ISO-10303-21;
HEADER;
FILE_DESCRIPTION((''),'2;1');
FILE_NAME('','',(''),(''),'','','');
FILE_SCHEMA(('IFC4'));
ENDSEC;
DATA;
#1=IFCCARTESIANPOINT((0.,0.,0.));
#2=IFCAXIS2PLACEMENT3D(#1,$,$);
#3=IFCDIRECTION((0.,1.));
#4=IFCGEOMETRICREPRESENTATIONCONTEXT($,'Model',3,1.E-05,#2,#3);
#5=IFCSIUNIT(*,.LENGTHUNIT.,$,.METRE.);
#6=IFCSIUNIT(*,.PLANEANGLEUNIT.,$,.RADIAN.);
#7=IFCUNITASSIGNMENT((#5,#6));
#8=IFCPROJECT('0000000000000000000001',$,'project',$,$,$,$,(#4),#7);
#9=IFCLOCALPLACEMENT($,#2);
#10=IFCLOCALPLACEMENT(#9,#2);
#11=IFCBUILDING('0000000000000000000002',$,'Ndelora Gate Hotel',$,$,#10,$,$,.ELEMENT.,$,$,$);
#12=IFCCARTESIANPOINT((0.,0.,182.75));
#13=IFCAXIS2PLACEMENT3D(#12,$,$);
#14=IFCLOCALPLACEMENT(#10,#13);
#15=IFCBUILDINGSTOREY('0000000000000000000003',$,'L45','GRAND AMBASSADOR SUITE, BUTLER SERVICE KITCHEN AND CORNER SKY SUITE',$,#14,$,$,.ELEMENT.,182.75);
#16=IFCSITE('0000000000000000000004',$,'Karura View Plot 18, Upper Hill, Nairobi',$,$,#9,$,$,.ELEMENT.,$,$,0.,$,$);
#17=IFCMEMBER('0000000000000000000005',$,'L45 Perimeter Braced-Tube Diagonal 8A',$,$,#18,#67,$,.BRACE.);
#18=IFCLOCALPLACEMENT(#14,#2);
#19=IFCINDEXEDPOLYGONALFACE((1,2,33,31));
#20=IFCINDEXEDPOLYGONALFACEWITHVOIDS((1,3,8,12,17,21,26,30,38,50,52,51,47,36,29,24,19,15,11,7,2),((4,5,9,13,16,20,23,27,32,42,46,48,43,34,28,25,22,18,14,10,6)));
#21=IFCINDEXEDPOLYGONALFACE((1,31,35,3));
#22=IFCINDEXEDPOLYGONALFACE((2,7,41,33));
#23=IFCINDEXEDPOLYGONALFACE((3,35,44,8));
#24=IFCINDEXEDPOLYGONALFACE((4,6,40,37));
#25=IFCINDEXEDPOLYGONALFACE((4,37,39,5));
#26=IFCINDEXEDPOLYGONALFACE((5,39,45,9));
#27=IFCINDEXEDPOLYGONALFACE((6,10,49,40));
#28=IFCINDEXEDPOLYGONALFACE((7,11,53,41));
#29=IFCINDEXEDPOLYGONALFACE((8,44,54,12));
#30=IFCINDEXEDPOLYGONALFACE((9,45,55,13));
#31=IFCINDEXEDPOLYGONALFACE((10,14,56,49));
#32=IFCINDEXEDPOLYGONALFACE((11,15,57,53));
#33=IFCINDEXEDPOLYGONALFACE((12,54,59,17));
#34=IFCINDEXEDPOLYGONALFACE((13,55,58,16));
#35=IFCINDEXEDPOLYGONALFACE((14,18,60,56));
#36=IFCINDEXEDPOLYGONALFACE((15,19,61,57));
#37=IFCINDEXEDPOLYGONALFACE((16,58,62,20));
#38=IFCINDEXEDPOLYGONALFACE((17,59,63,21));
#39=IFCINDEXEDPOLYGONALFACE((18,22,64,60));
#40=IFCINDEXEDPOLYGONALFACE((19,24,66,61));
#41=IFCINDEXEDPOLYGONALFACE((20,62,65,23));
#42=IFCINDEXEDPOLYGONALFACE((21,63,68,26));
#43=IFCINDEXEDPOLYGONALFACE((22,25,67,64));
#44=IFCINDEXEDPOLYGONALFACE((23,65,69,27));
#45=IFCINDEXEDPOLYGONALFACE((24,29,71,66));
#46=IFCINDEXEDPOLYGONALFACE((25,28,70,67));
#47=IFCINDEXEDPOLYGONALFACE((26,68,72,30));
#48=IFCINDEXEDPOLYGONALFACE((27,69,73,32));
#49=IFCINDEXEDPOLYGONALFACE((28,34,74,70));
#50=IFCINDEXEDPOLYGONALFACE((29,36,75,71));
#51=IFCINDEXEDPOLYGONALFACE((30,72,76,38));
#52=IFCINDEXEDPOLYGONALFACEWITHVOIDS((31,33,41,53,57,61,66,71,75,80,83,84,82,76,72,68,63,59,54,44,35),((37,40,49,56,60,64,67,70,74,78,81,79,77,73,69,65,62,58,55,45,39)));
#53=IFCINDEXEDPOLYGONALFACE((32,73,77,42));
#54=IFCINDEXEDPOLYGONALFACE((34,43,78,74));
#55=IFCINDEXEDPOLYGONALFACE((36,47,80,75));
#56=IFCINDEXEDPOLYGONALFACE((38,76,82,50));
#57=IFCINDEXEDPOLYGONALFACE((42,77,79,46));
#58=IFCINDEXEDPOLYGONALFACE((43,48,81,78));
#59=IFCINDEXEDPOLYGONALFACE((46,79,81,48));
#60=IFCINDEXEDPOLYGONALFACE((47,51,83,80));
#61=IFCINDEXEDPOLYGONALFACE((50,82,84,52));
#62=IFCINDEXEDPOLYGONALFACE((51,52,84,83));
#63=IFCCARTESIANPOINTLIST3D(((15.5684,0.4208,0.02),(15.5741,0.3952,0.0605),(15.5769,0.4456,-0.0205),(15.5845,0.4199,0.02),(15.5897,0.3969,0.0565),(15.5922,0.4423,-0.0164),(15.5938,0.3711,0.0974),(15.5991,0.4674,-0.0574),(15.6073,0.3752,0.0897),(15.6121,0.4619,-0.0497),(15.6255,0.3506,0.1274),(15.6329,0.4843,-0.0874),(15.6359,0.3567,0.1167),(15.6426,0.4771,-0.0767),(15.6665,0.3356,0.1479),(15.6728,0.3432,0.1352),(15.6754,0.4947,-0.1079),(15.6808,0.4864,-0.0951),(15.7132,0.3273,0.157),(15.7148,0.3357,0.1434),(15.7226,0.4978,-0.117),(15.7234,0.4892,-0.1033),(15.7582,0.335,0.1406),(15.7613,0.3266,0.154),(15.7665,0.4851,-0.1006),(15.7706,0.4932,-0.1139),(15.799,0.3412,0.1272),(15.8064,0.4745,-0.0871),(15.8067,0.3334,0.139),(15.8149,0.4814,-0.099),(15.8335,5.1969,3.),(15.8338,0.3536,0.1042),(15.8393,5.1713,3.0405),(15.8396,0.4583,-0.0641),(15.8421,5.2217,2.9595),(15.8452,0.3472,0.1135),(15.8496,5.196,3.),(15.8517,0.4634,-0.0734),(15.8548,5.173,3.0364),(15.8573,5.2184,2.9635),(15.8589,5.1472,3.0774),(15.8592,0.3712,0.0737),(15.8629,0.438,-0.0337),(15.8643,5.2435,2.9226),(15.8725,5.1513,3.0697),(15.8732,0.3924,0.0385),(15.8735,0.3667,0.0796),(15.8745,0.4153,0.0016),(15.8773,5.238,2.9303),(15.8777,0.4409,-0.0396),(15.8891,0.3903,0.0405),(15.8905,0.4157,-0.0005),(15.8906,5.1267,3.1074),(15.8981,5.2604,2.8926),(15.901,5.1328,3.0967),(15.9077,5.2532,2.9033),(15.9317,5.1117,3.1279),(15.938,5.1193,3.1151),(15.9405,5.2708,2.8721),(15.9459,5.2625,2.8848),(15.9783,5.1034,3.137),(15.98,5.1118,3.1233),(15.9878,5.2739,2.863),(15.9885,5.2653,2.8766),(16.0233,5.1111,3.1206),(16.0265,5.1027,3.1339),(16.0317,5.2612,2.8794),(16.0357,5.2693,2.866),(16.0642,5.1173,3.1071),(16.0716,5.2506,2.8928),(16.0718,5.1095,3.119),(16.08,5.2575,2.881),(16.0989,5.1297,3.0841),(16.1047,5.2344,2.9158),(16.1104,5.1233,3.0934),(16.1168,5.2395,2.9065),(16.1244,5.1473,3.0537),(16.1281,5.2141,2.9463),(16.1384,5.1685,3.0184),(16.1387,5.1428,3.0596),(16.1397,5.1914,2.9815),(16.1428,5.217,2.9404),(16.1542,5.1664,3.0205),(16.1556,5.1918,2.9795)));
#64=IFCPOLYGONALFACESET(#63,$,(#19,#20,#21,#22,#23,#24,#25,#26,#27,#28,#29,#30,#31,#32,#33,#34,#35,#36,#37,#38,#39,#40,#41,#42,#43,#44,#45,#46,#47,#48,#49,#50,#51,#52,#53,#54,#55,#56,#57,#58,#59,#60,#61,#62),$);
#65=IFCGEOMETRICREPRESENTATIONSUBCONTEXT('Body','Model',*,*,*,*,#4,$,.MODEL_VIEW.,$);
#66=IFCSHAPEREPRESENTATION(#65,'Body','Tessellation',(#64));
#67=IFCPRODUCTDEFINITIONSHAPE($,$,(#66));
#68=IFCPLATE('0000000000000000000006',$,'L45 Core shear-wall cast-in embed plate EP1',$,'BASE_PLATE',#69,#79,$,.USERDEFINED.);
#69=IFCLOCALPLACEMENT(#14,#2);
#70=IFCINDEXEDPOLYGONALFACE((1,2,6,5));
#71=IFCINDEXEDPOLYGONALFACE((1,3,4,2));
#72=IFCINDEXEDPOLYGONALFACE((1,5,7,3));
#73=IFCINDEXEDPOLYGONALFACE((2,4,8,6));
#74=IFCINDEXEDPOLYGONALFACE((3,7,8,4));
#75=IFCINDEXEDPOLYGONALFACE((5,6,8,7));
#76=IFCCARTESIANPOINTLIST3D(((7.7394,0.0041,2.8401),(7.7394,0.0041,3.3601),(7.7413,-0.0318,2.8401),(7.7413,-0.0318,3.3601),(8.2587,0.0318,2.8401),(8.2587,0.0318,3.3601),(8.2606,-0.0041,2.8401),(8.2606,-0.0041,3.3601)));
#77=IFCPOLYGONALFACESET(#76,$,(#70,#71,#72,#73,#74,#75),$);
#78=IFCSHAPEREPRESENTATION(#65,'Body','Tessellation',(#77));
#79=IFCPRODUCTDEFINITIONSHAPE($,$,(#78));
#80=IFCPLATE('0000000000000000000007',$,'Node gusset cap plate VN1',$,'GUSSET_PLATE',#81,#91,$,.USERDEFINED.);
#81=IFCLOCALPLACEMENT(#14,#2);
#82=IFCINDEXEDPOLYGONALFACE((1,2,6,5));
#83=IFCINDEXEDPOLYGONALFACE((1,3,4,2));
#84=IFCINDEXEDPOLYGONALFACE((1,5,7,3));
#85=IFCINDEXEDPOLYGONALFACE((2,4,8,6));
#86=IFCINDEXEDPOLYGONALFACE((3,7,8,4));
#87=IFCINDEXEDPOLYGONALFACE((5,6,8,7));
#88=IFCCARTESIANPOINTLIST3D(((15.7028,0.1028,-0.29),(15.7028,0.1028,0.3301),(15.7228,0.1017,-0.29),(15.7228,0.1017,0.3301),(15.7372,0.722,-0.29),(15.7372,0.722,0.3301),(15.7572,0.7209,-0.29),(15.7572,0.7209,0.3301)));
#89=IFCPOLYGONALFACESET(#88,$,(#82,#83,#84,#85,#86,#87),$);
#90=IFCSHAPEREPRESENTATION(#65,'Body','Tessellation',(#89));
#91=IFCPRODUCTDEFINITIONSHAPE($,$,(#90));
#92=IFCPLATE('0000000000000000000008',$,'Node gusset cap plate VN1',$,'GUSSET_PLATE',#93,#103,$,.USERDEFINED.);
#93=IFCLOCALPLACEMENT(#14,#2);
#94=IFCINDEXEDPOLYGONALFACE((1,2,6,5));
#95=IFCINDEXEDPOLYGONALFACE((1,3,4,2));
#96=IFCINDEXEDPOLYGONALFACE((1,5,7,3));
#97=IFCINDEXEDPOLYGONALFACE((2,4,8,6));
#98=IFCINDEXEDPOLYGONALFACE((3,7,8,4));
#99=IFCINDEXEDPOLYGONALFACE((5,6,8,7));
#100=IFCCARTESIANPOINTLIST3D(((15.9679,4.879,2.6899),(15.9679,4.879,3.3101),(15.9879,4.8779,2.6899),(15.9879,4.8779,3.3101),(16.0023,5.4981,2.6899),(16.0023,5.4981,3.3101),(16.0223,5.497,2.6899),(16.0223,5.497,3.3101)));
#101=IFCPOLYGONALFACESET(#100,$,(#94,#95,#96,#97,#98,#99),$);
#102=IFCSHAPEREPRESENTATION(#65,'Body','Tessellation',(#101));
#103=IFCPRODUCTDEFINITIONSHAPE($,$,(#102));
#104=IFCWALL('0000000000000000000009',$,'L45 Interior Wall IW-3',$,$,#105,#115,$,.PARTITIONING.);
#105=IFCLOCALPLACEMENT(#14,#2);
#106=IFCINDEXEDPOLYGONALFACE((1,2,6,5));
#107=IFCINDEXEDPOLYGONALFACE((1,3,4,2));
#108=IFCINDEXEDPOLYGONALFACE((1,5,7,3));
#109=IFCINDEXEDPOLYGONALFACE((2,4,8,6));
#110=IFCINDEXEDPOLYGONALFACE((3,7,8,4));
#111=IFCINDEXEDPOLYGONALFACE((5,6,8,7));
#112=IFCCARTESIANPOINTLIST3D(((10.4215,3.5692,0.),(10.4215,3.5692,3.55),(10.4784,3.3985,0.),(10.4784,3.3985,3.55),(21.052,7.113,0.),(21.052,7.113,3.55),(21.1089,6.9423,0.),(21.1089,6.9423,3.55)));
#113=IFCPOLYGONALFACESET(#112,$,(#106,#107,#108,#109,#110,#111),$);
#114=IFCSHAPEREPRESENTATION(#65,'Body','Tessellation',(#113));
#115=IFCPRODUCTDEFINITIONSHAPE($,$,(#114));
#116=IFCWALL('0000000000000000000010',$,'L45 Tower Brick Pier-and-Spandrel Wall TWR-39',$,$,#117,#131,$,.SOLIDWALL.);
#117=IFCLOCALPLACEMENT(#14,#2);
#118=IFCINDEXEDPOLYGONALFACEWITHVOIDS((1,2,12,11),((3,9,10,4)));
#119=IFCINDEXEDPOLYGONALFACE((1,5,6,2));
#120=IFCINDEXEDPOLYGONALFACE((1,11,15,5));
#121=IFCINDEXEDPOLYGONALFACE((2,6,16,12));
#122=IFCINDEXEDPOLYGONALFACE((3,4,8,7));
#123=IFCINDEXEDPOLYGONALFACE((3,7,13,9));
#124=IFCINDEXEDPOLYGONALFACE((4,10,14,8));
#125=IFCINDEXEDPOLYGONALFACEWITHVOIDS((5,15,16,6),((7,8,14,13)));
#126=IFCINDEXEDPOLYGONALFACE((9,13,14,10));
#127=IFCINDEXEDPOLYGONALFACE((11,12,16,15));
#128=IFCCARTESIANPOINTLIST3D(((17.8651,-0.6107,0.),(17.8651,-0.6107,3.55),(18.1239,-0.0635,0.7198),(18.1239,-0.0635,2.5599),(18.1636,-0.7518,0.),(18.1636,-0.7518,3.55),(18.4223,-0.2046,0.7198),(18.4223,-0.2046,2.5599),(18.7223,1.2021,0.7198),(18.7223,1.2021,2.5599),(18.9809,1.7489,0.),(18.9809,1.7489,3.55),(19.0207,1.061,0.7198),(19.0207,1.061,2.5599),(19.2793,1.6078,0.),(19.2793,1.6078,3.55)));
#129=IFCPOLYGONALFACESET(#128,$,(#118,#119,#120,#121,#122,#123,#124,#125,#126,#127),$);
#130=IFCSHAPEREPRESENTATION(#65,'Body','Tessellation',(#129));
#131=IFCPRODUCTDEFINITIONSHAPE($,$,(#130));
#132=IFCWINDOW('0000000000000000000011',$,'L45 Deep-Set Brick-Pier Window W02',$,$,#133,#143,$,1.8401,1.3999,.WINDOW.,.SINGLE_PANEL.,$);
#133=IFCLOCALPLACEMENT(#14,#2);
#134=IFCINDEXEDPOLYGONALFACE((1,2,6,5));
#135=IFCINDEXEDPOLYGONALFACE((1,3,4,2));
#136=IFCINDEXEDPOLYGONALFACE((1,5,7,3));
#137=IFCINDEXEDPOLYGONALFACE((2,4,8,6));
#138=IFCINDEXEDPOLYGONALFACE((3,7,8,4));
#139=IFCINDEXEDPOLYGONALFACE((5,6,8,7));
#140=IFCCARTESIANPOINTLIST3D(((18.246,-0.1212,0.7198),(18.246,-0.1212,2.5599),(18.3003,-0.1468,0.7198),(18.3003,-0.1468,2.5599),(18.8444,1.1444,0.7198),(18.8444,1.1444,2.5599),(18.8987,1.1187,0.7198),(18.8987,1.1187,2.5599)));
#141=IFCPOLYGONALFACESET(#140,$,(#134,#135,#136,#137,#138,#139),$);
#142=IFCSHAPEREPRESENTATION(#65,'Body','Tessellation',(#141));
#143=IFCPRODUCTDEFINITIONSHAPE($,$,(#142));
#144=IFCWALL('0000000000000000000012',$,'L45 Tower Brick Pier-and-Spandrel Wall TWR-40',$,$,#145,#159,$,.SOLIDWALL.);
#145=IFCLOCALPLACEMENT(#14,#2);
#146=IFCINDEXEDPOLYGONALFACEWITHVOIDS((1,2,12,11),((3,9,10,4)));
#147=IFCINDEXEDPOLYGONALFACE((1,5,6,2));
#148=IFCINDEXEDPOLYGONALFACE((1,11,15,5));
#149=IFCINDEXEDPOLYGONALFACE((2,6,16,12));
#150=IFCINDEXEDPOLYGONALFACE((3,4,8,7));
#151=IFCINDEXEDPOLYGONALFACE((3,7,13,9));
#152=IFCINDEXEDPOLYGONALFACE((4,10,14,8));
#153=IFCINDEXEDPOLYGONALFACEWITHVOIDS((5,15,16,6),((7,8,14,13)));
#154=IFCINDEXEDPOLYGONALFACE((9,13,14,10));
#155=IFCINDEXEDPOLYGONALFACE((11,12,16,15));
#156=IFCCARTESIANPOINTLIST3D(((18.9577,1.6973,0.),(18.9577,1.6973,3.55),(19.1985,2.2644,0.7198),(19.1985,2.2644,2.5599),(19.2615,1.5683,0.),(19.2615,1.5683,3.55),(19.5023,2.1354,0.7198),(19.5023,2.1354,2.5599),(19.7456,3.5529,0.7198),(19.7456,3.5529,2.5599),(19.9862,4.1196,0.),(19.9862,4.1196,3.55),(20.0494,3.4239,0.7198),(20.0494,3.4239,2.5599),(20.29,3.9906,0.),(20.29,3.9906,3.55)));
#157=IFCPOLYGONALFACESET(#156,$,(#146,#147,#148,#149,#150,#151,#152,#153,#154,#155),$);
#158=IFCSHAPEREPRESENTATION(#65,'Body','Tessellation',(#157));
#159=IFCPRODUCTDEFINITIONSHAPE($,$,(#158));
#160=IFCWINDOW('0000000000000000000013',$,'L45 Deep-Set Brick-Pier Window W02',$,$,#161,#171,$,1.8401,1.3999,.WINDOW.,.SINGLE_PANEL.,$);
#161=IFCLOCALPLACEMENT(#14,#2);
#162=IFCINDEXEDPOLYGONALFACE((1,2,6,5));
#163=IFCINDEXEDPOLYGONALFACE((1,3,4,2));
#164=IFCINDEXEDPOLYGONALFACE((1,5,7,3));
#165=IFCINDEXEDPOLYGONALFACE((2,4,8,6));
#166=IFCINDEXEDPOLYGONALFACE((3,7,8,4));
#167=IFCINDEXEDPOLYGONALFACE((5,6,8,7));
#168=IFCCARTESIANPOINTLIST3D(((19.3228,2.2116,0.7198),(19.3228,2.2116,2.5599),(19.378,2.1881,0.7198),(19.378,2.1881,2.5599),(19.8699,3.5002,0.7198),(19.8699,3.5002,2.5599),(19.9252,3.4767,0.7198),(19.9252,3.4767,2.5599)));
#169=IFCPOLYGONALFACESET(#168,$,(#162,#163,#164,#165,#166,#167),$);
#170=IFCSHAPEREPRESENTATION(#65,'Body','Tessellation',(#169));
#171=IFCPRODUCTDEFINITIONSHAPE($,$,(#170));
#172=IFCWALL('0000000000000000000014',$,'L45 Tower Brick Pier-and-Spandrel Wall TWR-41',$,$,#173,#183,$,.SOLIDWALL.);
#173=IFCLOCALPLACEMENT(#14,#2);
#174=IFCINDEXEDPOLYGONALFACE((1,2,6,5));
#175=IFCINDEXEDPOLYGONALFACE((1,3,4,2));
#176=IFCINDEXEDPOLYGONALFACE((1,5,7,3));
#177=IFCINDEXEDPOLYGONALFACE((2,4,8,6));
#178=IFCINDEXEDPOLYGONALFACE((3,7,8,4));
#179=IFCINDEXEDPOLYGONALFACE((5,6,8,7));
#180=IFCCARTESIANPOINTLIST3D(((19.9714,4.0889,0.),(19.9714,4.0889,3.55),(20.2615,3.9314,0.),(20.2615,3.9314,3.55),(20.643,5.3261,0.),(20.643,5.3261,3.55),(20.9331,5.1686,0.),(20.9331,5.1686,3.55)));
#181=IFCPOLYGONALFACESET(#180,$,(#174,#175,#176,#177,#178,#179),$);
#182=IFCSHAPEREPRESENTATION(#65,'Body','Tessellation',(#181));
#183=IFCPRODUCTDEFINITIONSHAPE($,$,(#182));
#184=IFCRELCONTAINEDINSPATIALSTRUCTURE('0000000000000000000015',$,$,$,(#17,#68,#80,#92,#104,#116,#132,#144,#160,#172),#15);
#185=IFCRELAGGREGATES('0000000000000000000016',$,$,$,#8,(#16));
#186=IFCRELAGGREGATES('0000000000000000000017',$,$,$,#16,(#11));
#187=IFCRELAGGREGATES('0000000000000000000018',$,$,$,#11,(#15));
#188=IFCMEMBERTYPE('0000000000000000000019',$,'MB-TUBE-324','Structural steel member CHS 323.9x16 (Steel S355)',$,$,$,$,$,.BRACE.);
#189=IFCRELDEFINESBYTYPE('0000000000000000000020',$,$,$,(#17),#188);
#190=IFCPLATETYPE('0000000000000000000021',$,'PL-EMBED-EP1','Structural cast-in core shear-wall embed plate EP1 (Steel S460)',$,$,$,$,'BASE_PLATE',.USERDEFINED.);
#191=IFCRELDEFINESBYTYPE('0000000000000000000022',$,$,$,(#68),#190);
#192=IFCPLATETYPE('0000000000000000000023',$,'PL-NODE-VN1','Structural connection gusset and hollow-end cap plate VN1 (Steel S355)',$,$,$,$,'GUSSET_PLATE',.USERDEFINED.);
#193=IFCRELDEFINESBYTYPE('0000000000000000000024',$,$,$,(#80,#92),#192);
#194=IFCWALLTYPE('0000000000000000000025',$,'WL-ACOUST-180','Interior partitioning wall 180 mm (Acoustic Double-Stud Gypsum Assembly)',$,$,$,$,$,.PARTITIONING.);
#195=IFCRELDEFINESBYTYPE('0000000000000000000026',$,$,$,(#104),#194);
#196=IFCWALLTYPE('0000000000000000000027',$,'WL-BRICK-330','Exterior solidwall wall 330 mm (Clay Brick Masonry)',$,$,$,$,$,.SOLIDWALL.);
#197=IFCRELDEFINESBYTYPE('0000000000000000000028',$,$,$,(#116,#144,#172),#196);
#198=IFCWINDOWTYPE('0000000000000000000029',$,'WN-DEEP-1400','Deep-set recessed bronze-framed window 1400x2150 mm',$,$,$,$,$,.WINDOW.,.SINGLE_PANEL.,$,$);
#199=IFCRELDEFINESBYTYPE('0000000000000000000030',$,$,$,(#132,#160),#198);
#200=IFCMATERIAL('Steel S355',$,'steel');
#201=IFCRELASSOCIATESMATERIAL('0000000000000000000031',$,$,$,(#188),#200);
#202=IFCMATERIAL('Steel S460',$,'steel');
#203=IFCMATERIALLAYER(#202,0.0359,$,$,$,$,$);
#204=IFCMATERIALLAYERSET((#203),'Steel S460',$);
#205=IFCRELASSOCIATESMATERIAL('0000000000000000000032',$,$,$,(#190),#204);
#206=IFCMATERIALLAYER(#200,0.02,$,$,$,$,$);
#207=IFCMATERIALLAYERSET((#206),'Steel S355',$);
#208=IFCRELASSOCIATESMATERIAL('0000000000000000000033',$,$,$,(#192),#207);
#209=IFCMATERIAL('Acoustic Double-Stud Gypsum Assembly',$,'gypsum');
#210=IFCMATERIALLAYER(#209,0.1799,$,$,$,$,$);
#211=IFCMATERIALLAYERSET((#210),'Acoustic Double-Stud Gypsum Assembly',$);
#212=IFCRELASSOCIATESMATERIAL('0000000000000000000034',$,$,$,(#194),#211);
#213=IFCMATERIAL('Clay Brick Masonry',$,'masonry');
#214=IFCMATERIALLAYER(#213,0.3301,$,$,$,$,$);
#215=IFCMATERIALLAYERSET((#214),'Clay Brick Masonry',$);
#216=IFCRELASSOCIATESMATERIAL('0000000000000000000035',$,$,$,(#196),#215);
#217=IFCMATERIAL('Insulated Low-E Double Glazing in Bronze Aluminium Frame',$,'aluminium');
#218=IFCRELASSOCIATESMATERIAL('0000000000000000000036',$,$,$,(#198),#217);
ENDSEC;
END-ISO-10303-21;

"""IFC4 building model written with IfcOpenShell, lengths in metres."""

from ifc_helpers import new_model, si_unit, direction, frame, frame_2d, origin, origin_2d, place, context, subcontext, project, spatial, rectangle, hollow_circle, extrude, material, layer, layer_set, material_profile, profile_set, type_object, element, fill, save


model = new_model("IFC4")

# Units and contexts
model_context = context("Model", 3, precision=1e-05, world=origin(), true_north=direction((0.0, 1.0)))
body_context = subcontext(model_context, "Body", "Model", "MODEL_VIEW")
ifc_project = project(units=[si_unit("LENGTHUNIT", "METRE"), si_unit("PLANEANGLEUNIT", "RADIAN")], contexts=[model_context])

# Site, building, storey
site_placement = place(None, origin())
site = spatial("IfcSite", under=ifc_project, at=site_placement, Name="Karura View Plot 18, Upper Hill, Nairobi", CompositionType="ELEMENT", RefElevation=0.0)
building_placement = place(site_placement, origin())
building = spatial("IfcBuilding", under=site, at=building_placement, Name="Ndelora Gate Hotel", CompositionType="ELEMENT")
storey_placement = place(building_placement, frame((0.0, 0.0, 182.75)))
storey = spatial("IfcBuildingStorey", under=building, at=storey_placement, Name="L45", Description="GRAND AMBASSADOR SUITE, BUTLER SERVICE KITCHEN AND CORNER SKY SUITE", CompositionType="ELEMENT", Elevation=182.75)

# Shared definitions
ifc_material_1 = material(Name="Steel S460", Category="steel")
ifc_material_2 = material(Name="Steel S355", Category="steel")

# Member
ifc_material_profile_1 = material_profile(ifc_material_2, hollow_circle(Radius=0.1619, WallThickness=0.0161, at=origin_2d()), Name="CHS 323.9x16")
ifc_profile_set_1 = profile_set([ifc_material_profile_1], Name="Steel S355")
member_type = type_object("IfcMemberType", Name="MB-TUBE-324", Description="Structural steel member CHS 323.9x16 (Steel S355)", PredefinedType="BRACE", material=ifc_profile_set_1)
member_placement = place(storey_placement, frame((15.73, 0.4119, 0.02), z_axis=(0.047045, 0.847466, 0.528762), x_axis=(-0.998463, 0.055428, 0.0)))
element("IfcMember", 1, at=member_placement, inside=storey, type_object=member_type, Name="L45 Perimeter Braced-Tube Diagonal 8A", PredefinedType="BRACE", context=body_context, shape_type="SweptSolid", body=[
    extrude(hollow_circle(Radius=0.1619, WallThickness=0.0161, at=origin_2d()), origin(), (0.0, 0.0, 1.0), 5.6357),
])

# Plates
ifc_layer_1 = layer(ifc_material_1, 0.0359)
ifc_layer_set_1 = layer_set([ifc_layer_1], Name="Steel S460")
plate_type_1 = type_object("IfcPlateType", Name="PL-EMBED-EP1", Description="Structural cast-in core shear-wall embed plate EP1 (Steel S460)", ElementType="BASE_PLATE", PredefinedType="USERDEFINED", material=ifc_layer_set_1)
plate_placement = place(storey_placement, frame((8.0, 0.0, 2.8401), z_axis=(0.0, 0.0, 1.0), x_axis=(0.998583, 0.053207, 0.0)))
element("IfcPlate", 2, at=plate_placement, inside=storey, type_object=plate_type_1, Name="L45 Core shear-wall cast-in embed plate EP1", ObjectType="BASE_PLATE", PredefinedType="USERDEFINED", context=body_context, shape_type="SweptSolid", body=[
    extrude(rectangle(XDim=0.52, YDim=0.0359, at=origin_2d()), origin(), (0.0, 0.0, 1.0), 0.52),
])
ifc_layer_2 = layer(ifc_material_2, 0.02)
ifc_layer_set_2 = layer_set([ifc_layer_2], Name="Steel S355")
plate_type_2 = type_object("IfcPlateType", Name="PL-NODE-VN1", Description="Structural connection gusset and hollow-end cap plate VN1 (Steel S355)", ElementType="GUSSET_PLATE", PredefinedType="USERDEFINED", material=ifc_layer_set_2)
for number, where, z_axis, x_axis, name in (
    (3, (15.73, 0.4119, -0.29), (0.0, 0.0, 1.0), (0.055473, 0.99846, 0.0), "Node gusset cap plate VN1"),
    (4, (15.9951, 5.188, 2.6899), (0.0, 0.0, 1.0), (0.055473, 0.99846, 0.0), "Node gusset cap plate VN1"),
):
    element("IfcPlate", number, at=place(storey_placement, frame(where, z_axis=z_axis, x_axis=x_axis)), inside=storey, type_object=plate_type_2, Name=name, ObjectType="GUSSET_PLATE", PredefinedType="USERDEFINED", context=body_context, shape_type="SweptSolid", body=[
        extrude(rectangle(XDim=0.6201, YDim=0.02, at=origin_2d()), origin(), (0.0, 0.0, 1.0), 0.6201),
    ])

# Wall
ifc_material_3 = material(Name="Acoustic Double-Stud Gypsum Assembly", Category="gypsum")
ifc_layer_3 = layer(ifc_material_3, 0.1799)
ifc_layer_set_3 = layer_set([ifc_layer_3], Name="Acoustic Double-Stud Gypsum Assembly")
wall_type_1 = type_object("IfcWallType", Name="WL-ACOUST-180", Description="Interior partitioning wall 180 mm (Acoustic Double-Stud Gypsum Assembly)", PredefinedType="PARTITIONING", material=ifc_layer_set_3)
wall_1_placement = place(storey_placement, frame((10.45, 3.4839, 0.0), z_axis=(0.0, 0.0, 1.0), x_axis=(0.948677, 0.316247, 0.0)))
element("IfcWall", 5, at=wall_1_placement, inside=storey, type_object=wall_type_1, Name="L45 Interior Wall IW-3", PredefinedType="PARTITIONING", context=body_context, shape_type="SweptSolid", body=[
    extrude(rectangle(XDim=11.2056, YDim=0.1799, at=frame_2d((5.6028, 0.0))), origin(), (0.0, 0.0, 1.0), 3.55),
])

# Walls, openings, windows
ifc_material_4 = material(Name="Clay Brick Masonry", Category="masonry")
ifc_layer_4 = layer(ifc_material_4, 0.3301)
ifc_layer_set_4 = layer_set([ifc_layer_4], Name="Clay Brick Masonry")
wall_type_2 = type_object("IfcWallType", Name="WL-BRICK-330", Description="Exterior solidwall wall 330 mm (Clay Brick Masonry)", PredefinedType="SOLIDWALL", material=ifc_layer_set_4)
wall_2_placement = place(storey_placement, frame((19.1301, 1.6785, 0.0), z_axis=(0.0, 0.0, 1.0), x_axis=(-0.427463, -0.904033, 0.0)))
wall_2 = element("IfcWall", 6, at=wall_2_placement, inside=storey, type_object=wall_type_2, Name="L45 Tower Brick Pier-and-Spandrel Wall TWR-39", PredefinedType="SOLIDWALL", context=body_context, shape_type="SweptSolid", body=[
    extrude(rectangle(XDim=2.6101, YDim=0.3301, at=frame_2d((1.3052, 0.0))), origin(), (0.0, 0.0, 1.0), 3.55),
])
opening_1_placement = place(wall_2_placement, frame((0.605, 0.0, 0.72)))
opening_1 = element("IfcOpeningElement", 7, at=opening_1_placement, cuts=wall_2, PredefinedType="OPENING", context=body_context, shape_type="SweptSolid", body=[
    extrude(rectangle(XDim=1.3999, YDim=1.8401, at=frame_2d((0.7, 0.9199))), frame((0.0, 0.175, 0.0), z_axis=(0.0, -1.0, 0.0), x_axis=(1.0, 0.0, 0.0)), (0.0, 0.0, 1.0), 0.3501),
])
ifc_material_5 = material(Name="Insulated Low-E Double Glazing in Bronze Aluminium Frame", Category="aluminium")
window_type = type_object("IfcWindowType", Name="WN-DEEP-1400", Description="Deep-set recessed bronze-framed window 1400x2150 mm", PartitioningType="SINGLE_PANEL", PredefinedType="WINDOW", material=ifc_material_5)
window_1_placement = place(opening_1_placement, origin())
window_1 = element("IfcWindow", 8, at=window_1_placement, inside=storey, type_object=window_type, Name="L45 Deep-Set Brick-Pier Window W02", OverallHeight=1.8401, OverallWidth=1.3999, PartitioningType="SINGLE_PANEL", PredefinedType="WINDOW", context=body_context, shape_type="SweptSolid", body=[
    extrude(rectangle(XDim=1.3999, YDim=1.8401, at=frame_2d((0.7, 0.9199))), frame((0.0, 0.03, 0.0), z_axis=(0.0, -1.0, 0.0), x_axis=(1.0, 0.0, 0.0)), (0.0, 0.0, 1.0), 0.0601),
])
fill(opening_1, window_1)
wall_3_placement = place(storey_placement, frame((20.1382, 4.0552, 0.0), z_axis=(0.0, 0.0, 1.0), x_axis=(-0.390838, -0.920459, 0.0)))
wall_3 = element("IfcWall", 9, at=wall_3_placement, inside=storey, type_object=wall_type_2, Name="L45 Tower Brick Pier-and-Spandrel Wall TWR-40", PredefinedType="SOLIDWALL", context=body_context, shape_type="SweptSolid", body=[
    extrude(rectangle(XDim=2.6316, YDim=0.3301, at=frame_2d((1.3159, 0.0))), origin(), (0.0, 0.0, 1.0), 3.55),
])
opening_2_placement = place(wall_3_placement, frame((0.6157, 0.0, 0.72)))
opening_2 = element("IfcOpeningElement", 10, at=opening_2_placement, cuts=wall_3, PredefinedType="OPENING", context=body_context, shape_type="SweptSolid", body=[
    extrude(rectangle(XDim=1.3999, YDim=1.8401, at=frame_2d((0.7, 0.9199))), frame((0.0, 0.175, 0.0), z_axis=(0.0, -1.0, 0.0), x_axis=(1.0, 0.0, 0.0)), (0.0, 0.0, 1.0), 0.3501),
])
window_2_placement = place(opening_2_placement, origin())
window_2 = element("IfcWindow", 11, at=window_2_placement, inside=storey, type_object=window_type, Name="L45 Deep-Set Brick-Pier Window W02", OverallHeight=1.8401, OverallWidth=1.3999, PartitioningType="SINGLE_PANEL", PredefinedType="WINDOW", context=body_context, shape_type="SweptSolid", body=[
    extrude(rectangle(XDim=1.3999, YDim=1.8401, at=frame_2d((0.7, 0.9199))), frame((0.0, 0.03, 0.0), z_axis=(0.0, -1.0, 0.0), x_axis=(1.0, 0.0, 0.0)), (0.0, 0.0, 1.0), 0.0601),
])
fill(opening_2, window_2)

# Wall
wall_4_placement = place(storey_placement, frame((20.7881, 5.2473, 0.0), z_axis=(0.0, 0.0, 1.0), x_axis=(-0.477138, -0.878828, 0.0)))
element("IfcWall", 12, at=wall_4_placement, inside=storey, type_object=wall_type_2, Name="L45 Tower Brick Pier-and-Spandrel Wall TWR-41", PredefinedType="SOLIDWALL", context=body_context, shape_type="SweptSolid", body=[
    extrude(rectangle(XDim=1.4077, YDim=0.3301, at=frame_2d((0.7039, 0.0))), origin(), (0.0, 0.0, 1.0), 3.55),
])

save(model, "model.ifc")
